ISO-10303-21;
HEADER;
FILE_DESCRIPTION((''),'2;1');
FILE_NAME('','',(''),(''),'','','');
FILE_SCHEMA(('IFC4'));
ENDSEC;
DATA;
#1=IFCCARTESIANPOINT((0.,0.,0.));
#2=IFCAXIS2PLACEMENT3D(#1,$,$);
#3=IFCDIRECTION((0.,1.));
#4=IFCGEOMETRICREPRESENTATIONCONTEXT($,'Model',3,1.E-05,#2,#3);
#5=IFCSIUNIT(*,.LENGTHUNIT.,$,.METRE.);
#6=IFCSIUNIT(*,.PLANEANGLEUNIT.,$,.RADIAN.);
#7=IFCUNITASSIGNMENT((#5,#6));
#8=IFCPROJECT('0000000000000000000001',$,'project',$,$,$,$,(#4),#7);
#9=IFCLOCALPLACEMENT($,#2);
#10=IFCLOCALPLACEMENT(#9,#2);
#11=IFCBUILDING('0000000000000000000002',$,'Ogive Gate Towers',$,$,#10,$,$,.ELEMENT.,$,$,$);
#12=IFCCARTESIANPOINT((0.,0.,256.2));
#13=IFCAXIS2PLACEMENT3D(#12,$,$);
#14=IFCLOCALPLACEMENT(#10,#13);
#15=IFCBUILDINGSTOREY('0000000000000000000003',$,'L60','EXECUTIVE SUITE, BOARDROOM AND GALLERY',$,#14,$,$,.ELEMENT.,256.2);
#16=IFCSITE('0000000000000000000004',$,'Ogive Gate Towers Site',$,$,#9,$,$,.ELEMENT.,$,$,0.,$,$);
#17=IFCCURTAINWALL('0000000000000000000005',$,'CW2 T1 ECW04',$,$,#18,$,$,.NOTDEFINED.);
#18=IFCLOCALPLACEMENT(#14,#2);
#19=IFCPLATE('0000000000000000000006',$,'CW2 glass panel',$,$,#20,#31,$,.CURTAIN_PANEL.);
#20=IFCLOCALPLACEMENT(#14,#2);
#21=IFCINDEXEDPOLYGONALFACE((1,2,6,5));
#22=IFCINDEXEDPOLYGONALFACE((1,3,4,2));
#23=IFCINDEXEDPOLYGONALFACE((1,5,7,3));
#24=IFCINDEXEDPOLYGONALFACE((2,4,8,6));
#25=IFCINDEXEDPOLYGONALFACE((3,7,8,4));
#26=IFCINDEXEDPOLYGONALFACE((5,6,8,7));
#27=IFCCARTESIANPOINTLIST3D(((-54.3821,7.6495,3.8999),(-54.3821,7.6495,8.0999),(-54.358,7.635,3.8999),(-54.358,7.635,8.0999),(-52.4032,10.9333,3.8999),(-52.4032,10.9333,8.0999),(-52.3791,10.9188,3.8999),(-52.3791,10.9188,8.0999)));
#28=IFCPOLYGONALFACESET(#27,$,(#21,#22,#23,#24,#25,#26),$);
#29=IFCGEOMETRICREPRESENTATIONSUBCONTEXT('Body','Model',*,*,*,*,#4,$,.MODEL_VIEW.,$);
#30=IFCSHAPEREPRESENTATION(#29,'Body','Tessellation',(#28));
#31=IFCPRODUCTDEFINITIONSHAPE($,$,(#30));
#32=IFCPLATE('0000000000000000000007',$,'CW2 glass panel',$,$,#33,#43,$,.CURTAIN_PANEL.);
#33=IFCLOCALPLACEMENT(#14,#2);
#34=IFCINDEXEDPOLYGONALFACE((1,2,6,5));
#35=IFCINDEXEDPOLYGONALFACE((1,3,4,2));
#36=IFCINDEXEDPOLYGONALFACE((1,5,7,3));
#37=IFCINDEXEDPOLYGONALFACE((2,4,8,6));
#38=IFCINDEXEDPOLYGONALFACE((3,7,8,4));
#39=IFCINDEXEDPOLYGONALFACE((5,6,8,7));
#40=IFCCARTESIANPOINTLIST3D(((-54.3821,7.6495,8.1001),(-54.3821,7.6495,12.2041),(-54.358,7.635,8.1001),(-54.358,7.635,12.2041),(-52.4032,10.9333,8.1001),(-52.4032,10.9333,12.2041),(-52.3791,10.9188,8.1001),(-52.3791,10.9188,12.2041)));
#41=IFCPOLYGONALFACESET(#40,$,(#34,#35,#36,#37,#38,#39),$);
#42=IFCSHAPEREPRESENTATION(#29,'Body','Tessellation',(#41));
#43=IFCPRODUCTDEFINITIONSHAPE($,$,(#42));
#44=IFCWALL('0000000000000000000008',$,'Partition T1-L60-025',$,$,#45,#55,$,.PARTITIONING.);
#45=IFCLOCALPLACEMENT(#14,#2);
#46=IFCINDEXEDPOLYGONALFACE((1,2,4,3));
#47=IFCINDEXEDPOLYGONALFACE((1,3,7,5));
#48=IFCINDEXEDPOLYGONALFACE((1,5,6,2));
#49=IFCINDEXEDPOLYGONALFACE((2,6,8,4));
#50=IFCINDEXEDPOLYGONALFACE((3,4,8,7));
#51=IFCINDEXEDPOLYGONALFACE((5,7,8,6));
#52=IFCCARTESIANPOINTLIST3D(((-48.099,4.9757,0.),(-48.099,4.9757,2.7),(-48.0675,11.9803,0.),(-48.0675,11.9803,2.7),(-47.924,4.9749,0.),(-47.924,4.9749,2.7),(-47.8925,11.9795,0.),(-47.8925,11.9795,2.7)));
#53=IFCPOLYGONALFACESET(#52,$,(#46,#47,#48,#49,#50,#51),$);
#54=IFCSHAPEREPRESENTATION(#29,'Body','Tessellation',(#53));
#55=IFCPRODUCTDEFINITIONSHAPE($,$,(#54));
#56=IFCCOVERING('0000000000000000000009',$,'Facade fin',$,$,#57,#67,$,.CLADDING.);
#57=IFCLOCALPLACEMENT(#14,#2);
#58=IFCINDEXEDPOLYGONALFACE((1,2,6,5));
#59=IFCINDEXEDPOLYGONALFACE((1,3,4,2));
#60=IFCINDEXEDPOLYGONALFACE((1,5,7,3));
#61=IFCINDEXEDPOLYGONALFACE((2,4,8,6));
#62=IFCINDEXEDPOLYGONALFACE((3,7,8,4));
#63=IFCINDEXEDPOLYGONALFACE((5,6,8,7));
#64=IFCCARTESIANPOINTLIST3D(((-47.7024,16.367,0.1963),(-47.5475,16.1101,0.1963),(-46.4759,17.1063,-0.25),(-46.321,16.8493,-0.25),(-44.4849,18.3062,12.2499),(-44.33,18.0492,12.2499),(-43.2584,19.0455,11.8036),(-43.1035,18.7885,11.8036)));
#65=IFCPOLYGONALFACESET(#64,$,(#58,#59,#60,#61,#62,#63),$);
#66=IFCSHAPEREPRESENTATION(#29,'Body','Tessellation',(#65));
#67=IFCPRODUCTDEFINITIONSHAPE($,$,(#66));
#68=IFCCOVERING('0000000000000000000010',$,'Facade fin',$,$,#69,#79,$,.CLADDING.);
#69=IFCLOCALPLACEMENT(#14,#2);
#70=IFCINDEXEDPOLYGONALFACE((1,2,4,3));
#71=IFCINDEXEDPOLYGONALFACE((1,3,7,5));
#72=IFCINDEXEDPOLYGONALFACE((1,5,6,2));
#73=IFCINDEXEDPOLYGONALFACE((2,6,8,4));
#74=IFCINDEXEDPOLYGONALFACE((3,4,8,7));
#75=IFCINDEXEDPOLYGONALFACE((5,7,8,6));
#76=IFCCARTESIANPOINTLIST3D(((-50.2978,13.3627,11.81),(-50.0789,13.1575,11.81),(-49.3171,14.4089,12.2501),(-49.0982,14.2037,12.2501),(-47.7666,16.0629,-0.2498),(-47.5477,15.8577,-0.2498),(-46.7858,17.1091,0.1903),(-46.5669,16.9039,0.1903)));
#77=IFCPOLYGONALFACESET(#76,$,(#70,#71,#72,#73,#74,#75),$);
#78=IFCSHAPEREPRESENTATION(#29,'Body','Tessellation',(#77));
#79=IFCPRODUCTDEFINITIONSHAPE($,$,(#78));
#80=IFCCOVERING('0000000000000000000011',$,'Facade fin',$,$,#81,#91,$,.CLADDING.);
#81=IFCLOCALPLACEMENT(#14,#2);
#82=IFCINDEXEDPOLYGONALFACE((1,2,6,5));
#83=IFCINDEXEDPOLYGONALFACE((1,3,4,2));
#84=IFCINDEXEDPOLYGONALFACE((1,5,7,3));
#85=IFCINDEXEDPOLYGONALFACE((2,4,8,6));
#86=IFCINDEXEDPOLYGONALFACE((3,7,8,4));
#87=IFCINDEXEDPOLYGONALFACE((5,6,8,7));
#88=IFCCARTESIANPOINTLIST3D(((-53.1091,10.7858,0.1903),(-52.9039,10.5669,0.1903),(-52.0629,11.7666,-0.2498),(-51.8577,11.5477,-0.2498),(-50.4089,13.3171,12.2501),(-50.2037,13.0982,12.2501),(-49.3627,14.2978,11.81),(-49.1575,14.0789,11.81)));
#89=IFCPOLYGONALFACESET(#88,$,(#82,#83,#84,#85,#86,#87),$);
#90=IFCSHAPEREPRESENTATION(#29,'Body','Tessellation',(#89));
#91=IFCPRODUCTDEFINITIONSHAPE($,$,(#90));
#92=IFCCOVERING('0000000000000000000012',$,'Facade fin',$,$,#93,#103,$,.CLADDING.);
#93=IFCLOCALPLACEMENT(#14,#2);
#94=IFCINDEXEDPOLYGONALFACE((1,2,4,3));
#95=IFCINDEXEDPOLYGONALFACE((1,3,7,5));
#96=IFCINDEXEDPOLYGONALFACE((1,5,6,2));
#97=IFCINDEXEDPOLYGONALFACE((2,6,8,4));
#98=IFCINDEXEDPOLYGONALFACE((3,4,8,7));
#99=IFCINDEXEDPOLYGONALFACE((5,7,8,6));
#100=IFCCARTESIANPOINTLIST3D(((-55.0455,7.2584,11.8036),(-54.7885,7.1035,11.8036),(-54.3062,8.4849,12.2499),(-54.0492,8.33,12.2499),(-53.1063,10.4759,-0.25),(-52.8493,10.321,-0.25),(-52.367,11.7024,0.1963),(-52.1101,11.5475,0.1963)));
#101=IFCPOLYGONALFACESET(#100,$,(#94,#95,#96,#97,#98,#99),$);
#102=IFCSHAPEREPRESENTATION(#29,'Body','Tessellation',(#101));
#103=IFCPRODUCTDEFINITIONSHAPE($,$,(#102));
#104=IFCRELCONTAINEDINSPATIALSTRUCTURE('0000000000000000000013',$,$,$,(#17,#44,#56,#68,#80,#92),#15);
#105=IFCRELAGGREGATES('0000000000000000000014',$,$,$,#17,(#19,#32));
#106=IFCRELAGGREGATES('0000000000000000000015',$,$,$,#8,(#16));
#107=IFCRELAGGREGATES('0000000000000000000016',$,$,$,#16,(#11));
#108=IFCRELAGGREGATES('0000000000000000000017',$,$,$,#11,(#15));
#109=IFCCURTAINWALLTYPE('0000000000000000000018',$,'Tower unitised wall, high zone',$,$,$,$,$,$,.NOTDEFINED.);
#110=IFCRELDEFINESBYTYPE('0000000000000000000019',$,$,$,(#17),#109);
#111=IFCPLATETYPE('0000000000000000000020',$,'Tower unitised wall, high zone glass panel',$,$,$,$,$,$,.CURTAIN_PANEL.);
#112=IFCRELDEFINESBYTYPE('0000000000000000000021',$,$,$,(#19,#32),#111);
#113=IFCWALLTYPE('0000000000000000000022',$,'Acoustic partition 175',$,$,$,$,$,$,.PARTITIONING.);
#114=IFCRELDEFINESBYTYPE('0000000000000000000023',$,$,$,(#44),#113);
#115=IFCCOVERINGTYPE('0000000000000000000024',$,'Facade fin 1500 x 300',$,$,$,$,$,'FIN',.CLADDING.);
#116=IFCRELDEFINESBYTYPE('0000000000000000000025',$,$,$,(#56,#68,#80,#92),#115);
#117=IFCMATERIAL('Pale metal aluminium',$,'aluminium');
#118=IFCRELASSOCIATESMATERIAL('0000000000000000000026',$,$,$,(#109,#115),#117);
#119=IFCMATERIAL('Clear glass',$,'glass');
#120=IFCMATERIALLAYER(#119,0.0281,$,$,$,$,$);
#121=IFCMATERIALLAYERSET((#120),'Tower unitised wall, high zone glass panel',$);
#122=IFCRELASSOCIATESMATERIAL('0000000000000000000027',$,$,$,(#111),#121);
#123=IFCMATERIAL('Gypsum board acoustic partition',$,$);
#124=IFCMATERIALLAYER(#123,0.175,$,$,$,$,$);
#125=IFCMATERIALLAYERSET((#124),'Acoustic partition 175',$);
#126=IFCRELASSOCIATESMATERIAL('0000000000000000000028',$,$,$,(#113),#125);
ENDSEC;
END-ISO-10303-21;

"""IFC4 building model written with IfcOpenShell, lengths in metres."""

from ifc_helpers import new_model, si_unit, direction, frame, frame_2d, origin, origin_2d, place, context, subcontext, project, spatial, rectangle, extrude, material, layer, layer_set, material_profile, profile_set, type_object, element, aggregate, save


model = new_model("IFC4")

# Units and contexts
model_context = context("Model", 3, precision=1e-05, world=origin(), true_north=direction((0.0, 1.0)))
body_context = subcontext(model_context, "Body", "Model", "MODEL_VIEW")
ifc_project = project(units=[si_unit("LENGTHUNIT", "METRE"), si_unit("PLANEANGLEUNIT", "RADIAN")], contexts=[model_context])

# Site, building, storey
site_placement = place(None, origin())
site = spatial("IfcSite", under=ifc_project, at=site_placement, Name="Ogive Gate Towers Site", CompositionType="ELEMENT", RefElevation=0.0)
building_placement = place(site_placement, origin())
building = spatial("IfcBuilding", under=site, at=building_placement, Name="Ogive Gate Towers", CompositionType="ELEMENT")
storey_placement = place(building_placement, frame((0.0, 0.0, 256.2)))
storey = spatial("IfcBuildingStorey", under=building, at=storey_placement, Name="L60", Description="EXECUTIVE SUITE, BOARDROOM AND GALLERY", CompositionType="ELEMENT", Elevation=256.2)

# Curtain wall
ifc_material_1 = material(Name="Pale metal aluminium", Category="aluminium")
curtain_wall_type = type_object("IfcCurtainWallType", Name="Tower unitised wall, high zone", PredefinedType="NOTDEFINED", material=ifc_material_1)
curtain_wall_1_placement = place(storey_placement, origin())
curtain_wall_1 = element("IfcCurtainWall", 1, at=curtain_wall_1_placement, inside=storey, type_object=curtain_wall_type, Name="CW2 T1 ECW04", PredefinedType="NOTDEFINED")

# Plates
ifc_material_2 = material(Name="Clear glass", Category="glass")
ifc_layer_1 = layer(ifc_material_2, 0.0281)
ifc_layer_set_1 = layer_set([ifc_layer_1], Name="Tower unitised wall, high zone glass panel")
plate_type = type_object("IfcPlateType", Name="Tower unitised wall, high zone glass panel", PredefinedType="CURTAIN_PANEL", material=ifc_layer_set_1)
plate_1_placement = place(storey_placement, frame((-53.3806, 9.2842, 3.8999), z_axis=(0.0, 0.0, 1.0), x_axis=(-0.516145, -0.856501, 0.0)))
plate_1 = element("IfcPlate", 2, at=plate_1_placement, type_object=plate_type, Name="CW2 glass panel", PredefinedType="CURTAIN_PANEL", context=body_context, shape_type="SweptSolid", body=[
    extrude(rectangle(XDim=3.834, YDim=0.0281, at=origin_2d()), origin(), (0.0, 0.0, 1.0), 4.2),
])
plate_2_placement = place(storey_placement, frame((-53.3806, 9.2842, 8.1001), z_axis=(0.0, 0.0, 1.0), x_axis=(-0.516145, -0.856501, 0.0)))
plate_2 = element("IfcPlate", 3, at=plate_2_placement, type_object=plate_type, Name="CW2 glass panel", PredefinedType="CURTAIN_PANEL", context=body_context, shape_type="SweptSolid", body=[
    extrude(rectangle(XDim=3.834, YDim=0.0281, at=origin_2d()), origin(), (0.0, 0.0, 1.0), 4.104),
])
aggregate(curtain_wall_1, [plate_1, plate_2])

# Wall
ifc_material_3 = material(Name="Gypsum board acoustic partition")
ifc_layer_2 = layer(ifc_material_3, 0.175)
ifc_layer_set_2 = layer_set([ifc_layer_2], Name="Acoustic partition 175")
wall_type = type_object("IfcWallType", Name="Acoustic partition 175", PredefinedType="PARTITIONING", material=ifc_layer_set_2)
wall_placement = place(storey_placement, frame((-47.98, 11.98, 0.0), z_axis=(0.0, 0.0, 1.0), x_axis=(-0.004496, -0.99999, 0.0)))
element("IfcWall", 4, at=wall_placement, inside=storey, type_object=wall_type, Name="Partition T1-L60-025", PredefinedType="PARTITIONING", context=body_context, shape_type="SweptSolid", body=[
    extrude(rectangle(XDim=7.0046, YDim=0.175, at=frame_2d((3.5024, 0.0))), origin(), (0.0, 0.0, 1.0), 2.7),
])

# Coverings
ifc_material_profile_1 = material_profile(ifc_material_1, rectangle(XDim=0.3, YDim=1.5, at=origin_2d()), Name="1500 x 300 pale metal aluminium")
ifc_profile_set_1 = profile_set([ifc_material_profile_1], Name="Pale metal aluminium")
covering_type = type_object("IfcCoveringType", Name="Facade fin 1500 x 300", ElementType="FIN", PredefinedType="CLADDING", material=ifc_profile_set_1)
covering_1_placement = place(storey_placement, frame((-47.0117, 16.6082, -0.0269), z_axis=(0.254842, 0.153594, 0.954706), x_axis=(-0.516196, 0.856471, 0.0)))
element("IfcCovering", 5, at=covering_1_placement, inside=storey, type_object=covering_type, Name="Facade fin", PredefinedType="CLADDING", context=body_context, shape_type="SweptSolid", body=[
    extrude(rectangle(XDim=0.3, YDim=1.5, at=origin_2d()), origin(), (0.0, 0.0, 1.0), 12.6255),
])
for number, where, z_axis, x_axis, name in (
    (6, (-47.1667, 16.4834, -0.0298), (-0.200654, -0.214047, 0.955993), (0.729562, -0.683915, 0.0), "Facade fin"),
    (7, (-52.4834, 11.1667, -0.0298), (0.214047, 0.200654, 0.955993), (-0.683915, 0.729562, 0.0), "Facade fin"),
):
    element("IfcCovering", number, at=place(storey_placement, frame(where, z_axis=z_axis, x_axis=x_axis)), inside=storey, type_object=covering_type, Name=name, PredefinedType="CLADDING", context=body_context, shape_type="SweptSolid", body=[
        extrude(rectangle(XDim=0.3, YDim=1.5, at=origin_2d()), origin(), (0.0, 0.0, 1.0), 12.615),
    ])
covering_2_placement = place(storey_placement, frame((-52.6082, 11.0117, -0.0269), z_axis=(-0.153594, -0.254842, 0.954706), x_axis=(0.856471, -0.516196, 0.0)))
element("IfcCovering", 8, at=covering_2_placement, inside=storey, type_object=covering_type, Name="Facade fin", PredefinedType="CLADDING", context=body_context, shape_type="SweptSolid", body=[
    extrude(rectangle(XDim=0.3, YDim=1.5, at=origin_2d()), origin(), (0.0, 0.0, 1.0), 12.6255),
])

save(model, "model.ifc")
